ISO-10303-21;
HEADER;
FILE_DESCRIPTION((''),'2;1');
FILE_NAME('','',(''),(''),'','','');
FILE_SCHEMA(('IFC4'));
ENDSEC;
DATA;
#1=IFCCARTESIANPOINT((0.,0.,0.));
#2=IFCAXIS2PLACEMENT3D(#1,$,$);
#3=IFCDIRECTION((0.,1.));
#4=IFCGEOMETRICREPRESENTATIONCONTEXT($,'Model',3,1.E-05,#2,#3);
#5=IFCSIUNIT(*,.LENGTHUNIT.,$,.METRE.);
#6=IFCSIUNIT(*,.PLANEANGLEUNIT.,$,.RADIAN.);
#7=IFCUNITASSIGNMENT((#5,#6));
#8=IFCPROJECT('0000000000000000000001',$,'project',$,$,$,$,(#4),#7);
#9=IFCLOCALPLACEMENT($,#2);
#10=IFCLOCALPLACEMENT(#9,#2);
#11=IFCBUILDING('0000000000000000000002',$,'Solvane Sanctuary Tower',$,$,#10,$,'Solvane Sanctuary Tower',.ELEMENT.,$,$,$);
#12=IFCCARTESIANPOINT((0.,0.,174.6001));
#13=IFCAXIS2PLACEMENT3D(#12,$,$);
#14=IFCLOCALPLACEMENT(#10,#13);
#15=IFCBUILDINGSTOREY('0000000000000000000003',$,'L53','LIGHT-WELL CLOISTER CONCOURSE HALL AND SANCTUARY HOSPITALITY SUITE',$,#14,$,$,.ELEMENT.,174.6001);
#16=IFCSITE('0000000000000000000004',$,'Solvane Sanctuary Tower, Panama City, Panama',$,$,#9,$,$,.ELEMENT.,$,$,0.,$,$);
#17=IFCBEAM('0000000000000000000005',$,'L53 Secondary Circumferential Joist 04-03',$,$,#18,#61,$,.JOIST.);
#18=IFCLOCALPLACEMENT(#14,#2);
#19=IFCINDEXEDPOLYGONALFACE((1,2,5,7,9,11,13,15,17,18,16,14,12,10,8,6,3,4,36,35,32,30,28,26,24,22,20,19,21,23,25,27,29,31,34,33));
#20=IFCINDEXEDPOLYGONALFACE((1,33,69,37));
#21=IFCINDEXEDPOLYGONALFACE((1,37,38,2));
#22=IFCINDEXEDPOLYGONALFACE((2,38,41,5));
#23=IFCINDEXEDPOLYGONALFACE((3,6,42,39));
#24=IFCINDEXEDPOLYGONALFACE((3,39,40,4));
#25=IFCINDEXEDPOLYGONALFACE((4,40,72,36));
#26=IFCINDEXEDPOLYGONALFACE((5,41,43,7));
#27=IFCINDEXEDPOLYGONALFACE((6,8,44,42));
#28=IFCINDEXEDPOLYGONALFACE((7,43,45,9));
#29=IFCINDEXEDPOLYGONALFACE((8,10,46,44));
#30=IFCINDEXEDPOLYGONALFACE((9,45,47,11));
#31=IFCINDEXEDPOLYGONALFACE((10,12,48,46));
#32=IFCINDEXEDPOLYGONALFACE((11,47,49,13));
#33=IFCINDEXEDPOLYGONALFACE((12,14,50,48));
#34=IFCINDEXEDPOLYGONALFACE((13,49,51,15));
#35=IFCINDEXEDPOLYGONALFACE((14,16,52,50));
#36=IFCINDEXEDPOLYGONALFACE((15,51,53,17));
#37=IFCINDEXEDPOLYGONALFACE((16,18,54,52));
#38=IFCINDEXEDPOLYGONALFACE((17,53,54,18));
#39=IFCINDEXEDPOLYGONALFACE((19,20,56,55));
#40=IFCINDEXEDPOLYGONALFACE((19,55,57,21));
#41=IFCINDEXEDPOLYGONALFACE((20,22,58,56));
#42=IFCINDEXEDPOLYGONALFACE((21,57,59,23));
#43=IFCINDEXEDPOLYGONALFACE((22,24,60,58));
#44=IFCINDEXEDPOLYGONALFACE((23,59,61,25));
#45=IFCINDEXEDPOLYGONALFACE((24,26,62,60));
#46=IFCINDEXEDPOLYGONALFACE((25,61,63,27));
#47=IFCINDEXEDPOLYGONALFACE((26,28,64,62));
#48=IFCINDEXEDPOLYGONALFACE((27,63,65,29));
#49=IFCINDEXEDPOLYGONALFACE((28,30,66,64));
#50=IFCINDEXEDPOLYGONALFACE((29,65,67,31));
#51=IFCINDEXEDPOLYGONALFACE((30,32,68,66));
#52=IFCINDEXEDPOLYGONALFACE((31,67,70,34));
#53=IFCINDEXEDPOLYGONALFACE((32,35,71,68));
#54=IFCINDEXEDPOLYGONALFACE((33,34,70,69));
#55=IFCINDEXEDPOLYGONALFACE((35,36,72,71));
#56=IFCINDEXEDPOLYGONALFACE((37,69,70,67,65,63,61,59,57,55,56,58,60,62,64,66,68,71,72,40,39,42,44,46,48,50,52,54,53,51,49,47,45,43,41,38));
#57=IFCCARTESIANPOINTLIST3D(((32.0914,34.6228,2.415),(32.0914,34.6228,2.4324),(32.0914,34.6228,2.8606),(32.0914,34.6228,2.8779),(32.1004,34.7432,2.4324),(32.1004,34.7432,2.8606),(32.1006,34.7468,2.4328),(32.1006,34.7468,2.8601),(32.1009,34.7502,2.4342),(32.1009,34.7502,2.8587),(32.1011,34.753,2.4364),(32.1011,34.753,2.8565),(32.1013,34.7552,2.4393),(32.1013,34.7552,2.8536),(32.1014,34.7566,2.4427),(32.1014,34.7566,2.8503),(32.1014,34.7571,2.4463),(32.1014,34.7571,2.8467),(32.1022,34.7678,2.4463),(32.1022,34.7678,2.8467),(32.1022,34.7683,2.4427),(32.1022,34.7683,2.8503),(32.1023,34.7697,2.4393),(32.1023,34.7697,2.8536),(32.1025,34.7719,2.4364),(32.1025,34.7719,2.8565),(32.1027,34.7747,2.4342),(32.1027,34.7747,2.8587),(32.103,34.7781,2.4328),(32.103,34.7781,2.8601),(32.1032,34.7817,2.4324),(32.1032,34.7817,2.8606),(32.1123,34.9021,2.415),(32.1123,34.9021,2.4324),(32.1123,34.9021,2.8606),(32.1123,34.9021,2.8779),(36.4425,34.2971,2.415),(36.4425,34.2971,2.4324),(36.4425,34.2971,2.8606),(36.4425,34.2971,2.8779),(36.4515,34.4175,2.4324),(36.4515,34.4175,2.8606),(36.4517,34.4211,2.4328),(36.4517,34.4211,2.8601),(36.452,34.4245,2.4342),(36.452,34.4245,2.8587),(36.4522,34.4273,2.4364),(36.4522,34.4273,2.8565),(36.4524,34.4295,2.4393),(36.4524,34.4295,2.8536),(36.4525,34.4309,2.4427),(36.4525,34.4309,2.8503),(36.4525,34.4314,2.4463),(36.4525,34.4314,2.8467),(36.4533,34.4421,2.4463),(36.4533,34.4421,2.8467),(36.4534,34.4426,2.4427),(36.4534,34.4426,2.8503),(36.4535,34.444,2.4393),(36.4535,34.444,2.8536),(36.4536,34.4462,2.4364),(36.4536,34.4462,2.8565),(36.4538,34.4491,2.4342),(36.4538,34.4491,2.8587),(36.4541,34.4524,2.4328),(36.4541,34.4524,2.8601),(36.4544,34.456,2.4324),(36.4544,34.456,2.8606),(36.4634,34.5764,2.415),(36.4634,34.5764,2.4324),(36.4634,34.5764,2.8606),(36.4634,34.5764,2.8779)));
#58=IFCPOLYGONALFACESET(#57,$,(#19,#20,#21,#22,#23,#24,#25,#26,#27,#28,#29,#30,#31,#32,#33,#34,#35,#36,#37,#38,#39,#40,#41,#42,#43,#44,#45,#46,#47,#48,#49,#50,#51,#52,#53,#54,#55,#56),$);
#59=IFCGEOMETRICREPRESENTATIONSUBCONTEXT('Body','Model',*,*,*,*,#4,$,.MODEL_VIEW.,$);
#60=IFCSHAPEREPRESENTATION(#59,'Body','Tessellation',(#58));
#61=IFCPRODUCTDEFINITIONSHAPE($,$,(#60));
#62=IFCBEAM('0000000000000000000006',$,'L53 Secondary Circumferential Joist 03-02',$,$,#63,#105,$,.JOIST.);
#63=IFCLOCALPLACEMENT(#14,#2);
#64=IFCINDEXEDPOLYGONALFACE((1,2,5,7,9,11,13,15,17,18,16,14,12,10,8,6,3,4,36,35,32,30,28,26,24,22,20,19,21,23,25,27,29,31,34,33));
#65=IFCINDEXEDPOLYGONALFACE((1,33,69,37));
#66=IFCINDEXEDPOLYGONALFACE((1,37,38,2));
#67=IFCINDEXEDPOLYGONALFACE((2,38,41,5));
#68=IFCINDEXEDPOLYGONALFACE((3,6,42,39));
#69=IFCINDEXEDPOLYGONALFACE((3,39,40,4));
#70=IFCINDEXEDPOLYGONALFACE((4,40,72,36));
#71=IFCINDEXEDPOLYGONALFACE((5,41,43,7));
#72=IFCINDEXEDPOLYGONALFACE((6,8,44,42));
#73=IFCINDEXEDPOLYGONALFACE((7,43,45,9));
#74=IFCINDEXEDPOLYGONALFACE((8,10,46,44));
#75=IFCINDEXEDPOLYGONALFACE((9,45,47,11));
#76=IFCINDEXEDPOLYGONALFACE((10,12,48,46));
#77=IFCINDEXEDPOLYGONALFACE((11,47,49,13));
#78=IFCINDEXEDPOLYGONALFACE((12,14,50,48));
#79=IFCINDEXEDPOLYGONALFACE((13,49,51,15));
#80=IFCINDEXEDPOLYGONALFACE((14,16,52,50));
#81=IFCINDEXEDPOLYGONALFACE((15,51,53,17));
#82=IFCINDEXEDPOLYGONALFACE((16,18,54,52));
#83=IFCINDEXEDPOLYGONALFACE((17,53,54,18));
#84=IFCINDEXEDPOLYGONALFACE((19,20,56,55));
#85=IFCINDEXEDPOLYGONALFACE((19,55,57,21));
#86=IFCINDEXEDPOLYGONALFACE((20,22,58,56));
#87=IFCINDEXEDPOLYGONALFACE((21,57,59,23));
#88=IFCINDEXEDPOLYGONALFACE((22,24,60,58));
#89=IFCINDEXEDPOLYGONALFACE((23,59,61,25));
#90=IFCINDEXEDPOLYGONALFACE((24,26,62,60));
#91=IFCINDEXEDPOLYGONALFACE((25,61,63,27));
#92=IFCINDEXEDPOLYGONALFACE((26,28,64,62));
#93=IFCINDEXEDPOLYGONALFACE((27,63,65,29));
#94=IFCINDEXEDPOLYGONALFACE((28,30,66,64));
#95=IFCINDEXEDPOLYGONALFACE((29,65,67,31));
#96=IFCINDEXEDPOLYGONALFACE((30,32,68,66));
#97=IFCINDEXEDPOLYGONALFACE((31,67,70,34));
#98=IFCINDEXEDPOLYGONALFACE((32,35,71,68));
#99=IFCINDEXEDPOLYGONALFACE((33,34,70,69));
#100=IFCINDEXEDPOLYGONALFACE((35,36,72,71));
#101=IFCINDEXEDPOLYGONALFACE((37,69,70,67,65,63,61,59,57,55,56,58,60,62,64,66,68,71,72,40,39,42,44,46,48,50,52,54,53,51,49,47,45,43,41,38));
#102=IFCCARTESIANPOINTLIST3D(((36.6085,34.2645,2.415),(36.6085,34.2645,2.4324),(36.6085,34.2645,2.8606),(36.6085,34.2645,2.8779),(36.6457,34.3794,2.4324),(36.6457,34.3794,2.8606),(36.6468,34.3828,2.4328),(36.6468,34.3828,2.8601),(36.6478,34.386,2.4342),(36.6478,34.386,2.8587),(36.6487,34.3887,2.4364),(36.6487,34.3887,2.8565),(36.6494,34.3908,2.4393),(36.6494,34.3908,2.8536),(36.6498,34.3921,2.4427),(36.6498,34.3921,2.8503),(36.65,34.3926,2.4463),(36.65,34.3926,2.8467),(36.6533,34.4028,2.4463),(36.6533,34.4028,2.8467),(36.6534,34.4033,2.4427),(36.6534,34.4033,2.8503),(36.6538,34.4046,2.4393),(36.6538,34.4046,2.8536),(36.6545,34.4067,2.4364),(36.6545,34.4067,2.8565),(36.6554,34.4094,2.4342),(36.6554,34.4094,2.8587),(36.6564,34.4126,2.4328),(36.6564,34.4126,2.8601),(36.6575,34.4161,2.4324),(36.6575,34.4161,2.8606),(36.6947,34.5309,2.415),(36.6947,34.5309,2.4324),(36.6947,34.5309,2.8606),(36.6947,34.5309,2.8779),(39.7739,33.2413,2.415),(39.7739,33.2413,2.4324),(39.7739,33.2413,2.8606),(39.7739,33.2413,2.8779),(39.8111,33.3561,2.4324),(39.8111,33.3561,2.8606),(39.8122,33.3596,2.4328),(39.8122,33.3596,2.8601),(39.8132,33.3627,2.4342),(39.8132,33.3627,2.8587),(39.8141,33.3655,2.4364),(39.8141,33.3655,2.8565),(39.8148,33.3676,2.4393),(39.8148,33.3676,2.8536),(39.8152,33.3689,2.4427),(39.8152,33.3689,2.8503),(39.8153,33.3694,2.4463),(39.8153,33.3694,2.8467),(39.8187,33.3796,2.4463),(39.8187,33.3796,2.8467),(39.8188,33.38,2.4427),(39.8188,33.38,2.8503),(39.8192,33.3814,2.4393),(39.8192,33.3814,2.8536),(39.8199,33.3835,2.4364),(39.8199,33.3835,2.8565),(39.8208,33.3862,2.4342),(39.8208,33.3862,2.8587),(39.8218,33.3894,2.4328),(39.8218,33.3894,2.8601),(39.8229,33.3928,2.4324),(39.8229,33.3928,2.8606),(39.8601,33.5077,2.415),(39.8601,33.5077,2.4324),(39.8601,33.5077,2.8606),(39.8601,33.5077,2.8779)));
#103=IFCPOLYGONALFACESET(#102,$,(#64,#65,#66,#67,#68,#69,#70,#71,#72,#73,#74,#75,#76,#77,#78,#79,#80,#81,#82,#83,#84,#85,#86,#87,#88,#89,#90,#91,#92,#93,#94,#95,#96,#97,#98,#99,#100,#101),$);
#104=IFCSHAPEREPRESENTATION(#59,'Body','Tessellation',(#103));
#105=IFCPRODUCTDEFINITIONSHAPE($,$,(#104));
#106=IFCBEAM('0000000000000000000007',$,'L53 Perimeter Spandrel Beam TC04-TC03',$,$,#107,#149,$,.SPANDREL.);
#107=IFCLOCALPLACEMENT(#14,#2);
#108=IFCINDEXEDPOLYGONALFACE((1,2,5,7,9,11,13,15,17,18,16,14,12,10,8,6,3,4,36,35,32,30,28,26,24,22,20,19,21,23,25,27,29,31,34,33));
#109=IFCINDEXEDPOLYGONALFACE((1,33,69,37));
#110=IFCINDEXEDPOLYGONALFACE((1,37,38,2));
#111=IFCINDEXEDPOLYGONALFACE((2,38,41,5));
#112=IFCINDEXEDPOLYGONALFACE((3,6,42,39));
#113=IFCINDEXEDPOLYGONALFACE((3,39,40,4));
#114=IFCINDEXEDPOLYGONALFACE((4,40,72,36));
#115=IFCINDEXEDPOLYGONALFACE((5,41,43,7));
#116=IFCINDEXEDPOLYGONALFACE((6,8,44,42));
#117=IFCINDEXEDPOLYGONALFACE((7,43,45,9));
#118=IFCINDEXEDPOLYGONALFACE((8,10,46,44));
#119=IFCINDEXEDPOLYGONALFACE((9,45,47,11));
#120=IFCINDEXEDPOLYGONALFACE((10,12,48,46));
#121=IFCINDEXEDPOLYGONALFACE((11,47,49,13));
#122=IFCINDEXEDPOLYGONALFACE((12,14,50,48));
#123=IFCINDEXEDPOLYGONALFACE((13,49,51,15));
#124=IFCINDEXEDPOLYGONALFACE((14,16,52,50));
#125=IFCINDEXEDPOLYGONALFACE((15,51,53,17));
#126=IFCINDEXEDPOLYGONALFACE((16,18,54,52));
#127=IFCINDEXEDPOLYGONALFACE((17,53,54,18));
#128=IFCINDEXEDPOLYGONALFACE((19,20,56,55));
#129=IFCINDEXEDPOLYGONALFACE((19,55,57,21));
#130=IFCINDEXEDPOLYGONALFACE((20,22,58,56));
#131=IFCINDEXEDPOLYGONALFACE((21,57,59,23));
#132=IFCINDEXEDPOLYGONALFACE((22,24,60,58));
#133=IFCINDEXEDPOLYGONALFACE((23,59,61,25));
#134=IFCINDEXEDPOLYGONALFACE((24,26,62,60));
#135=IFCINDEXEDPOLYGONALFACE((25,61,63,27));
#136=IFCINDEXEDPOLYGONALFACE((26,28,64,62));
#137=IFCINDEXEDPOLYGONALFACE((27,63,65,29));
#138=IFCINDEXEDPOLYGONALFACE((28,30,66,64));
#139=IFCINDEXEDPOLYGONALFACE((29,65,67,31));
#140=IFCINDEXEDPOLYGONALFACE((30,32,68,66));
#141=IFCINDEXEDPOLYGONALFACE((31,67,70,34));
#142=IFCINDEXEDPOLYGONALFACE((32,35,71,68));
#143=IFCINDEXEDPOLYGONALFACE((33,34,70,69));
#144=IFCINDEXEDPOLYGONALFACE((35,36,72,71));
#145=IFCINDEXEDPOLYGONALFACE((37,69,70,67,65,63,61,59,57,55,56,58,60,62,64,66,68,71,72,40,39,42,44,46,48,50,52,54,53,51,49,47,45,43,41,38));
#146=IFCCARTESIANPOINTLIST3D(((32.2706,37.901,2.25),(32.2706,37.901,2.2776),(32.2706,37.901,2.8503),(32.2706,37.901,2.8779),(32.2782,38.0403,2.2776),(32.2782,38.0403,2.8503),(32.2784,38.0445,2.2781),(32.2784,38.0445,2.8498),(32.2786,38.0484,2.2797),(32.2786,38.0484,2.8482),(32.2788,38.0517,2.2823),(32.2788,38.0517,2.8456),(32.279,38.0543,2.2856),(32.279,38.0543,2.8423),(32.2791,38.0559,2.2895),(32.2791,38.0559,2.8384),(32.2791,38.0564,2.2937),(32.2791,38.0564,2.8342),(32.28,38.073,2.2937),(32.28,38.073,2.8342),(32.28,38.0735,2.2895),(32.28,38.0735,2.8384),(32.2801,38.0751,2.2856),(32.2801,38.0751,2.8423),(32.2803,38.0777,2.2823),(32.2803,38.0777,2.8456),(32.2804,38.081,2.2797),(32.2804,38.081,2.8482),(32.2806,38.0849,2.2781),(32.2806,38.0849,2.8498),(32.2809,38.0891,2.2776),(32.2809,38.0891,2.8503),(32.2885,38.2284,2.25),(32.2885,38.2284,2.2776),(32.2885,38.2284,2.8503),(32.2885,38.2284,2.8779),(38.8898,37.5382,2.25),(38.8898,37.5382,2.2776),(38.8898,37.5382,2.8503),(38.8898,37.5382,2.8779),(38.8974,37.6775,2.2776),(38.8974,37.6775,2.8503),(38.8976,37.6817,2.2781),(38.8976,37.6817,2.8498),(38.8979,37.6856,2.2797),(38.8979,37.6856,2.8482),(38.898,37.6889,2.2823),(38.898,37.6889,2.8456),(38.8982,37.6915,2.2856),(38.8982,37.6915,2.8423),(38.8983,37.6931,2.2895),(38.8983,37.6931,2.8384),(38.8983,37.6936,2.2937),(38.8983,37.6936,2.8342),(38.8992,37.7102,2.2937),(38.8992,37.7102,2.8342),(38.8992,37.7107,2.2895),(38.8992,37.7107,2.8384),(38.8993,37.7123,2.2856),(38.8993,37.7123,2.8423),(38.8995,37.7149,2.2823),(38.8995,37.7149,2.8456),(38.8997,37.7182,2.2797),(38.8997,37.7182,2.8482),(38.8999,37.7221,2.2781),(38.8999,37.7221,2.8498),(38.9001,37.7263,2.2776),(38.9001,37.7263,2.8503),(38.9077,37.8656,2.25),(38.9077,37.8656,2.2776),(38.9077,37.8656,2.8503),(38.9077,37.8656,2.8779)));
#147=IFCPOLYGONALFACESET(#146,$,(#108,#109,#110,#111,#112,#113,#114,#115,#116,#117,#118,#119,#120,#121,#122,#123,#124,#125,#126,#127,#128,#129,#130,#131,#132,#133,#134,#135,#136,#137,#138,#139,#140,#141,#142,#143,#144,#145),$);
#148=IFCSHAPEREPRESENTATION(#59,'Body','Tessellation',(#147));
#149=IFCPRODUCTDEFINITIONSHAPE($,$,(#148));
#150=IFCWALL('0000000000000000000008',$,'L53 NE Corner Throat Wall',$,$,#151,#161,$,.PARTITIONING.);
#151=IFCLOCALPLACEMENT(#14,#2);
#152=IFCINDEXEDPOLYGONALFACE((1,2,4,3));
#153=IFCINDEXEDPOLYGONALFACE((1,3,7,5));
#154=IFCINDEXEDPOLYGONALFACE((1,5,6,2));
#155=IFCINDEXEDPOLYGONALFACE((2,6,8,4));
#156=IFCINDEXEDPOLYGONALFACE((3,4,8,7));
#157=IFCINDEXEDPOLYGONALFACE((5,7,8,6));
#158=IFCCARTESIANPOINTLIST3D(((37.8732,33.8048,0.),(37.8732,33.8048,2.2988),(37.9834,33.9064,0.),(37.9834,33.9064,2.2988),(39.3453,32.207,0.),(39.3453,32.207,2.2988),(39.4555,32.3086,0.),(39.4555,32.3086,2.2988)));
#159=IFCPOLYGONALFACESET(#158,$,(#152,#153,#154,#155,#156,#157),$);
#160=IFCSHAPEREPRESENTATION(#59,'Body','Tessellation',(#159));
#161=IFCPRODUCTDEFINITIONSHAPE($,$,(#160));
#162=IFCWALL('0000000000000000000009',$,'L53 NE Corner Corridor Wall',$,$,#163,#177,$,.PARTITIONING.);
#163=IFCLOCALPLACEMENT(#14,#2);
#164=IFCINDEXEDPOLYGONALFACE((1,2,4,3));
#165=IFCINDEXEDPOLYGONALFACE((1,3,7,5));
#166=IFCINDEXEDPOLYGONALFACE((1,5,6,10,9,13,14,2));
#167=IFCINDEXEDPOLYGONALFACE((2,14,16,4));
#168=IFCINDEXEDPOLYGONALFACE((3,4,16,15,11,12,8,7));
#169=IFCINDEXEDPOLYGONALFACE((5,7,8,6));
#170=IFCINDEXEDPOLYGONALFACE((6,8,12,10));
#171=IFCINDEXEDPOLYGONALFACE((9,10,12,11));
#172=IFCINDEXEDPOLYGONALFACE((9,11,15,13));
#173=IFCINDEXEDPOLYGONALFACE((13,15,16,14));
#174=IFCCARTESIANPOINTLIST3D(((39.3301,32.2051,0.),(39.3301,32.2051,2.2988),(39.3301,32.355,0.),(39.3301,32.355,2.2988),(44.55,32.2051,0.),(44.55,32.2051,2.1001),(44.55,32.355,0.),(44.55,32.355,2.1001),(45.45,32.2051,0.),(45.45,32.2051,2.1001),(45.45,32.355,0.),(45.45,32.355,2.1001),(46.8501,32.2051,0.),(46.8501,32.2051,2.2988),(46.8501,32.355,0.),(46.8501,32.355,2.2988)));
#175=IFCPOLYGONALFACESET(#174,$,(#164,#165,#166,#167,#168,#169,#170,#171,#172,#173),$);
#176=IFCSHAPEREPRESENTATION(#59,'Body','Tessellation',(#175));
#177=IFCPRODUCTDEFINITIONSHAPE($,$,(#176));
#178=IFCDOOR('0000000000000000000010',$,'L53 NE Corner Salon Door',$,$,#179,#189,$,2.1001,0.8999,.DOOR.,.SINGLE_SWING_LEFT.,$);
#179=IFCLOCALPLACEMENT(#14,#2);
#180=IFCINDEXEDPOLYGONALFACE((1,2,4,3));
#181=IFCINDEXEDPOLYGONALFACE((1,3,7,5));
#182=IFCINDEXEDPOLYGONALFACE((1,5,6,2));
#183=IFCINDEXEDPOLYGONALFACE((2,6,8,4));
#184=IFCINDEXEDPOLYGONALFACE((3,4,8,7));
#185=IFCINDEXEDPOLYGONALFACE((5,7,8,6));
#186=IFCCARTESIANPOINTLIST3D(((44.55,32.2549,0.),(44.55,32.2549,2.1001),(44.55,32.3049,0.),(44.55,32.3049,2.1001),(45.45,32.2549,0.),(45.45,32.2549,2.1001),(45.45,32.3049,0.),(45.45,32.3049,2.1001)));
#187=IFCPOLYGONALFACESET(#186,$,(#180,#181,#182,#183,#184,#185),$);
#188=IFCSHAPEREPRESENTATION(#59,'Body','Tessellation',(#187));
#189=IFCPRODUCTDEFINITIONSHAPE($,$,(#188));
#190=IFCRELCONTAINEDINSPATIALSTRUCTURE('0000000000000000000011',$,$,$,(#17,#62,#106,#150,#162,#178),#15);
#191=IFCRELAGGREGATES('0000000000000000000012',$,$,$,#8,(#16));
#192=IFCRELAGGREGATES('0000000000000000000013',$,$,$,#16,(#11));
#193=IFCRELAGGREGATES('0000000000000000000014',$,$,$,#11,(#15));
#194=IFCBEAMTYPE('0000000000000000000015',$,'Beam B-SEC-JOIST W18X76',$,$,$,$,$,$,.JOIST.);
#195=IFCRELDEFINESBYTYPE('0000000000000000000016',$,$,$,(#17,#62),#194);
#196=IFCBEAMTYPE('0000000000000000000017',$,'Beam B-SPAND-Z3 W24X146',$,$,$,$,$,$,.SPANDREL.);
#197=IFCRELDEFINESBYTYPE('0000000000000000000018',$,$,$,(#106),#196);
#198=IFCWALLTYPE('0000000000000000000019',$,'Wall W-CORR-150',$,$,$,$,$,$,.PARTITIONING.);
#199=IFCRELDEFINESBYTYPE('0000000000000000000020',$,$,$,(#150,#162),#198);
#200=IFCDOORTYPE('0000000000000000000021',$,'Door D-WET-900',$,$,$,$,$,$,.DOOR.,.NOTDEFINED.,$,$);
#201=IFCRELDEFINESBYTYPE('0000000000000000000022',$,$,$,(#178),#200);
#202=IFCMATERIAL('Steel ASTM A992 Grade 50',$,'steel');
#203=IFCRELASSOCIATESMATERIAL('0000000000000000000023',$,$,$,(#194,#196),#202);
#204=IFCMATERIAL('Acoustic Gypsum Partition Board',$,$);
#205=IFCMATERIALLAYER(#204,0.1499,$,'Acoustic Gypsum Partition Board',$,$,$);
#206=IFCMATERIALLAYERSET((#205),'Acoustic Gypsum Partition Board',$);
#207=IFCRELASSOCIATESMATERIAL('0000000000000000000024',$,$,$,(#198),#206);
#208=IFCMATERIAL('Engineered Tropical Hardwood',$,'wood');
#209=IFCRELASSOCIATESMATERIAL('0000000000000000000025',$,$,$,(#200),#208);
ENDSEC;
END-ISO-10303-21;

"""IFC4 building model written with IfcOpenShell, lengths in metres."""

from ifc_helpers import new_model, si_unit, direction, frame, frame_2d, origin, origin_2d, place, context, subcontext, project, spatial, rectangle, i_section, extrude, material, layer, layer_set, material_profile, profile_set, type_object, element, fill, save


model = new_model("IFC4")

# Units and contexts
model_context = context("Model", 3, precision=1e-05, world=origin(), true_north=direction((0.0, 1.0)))
body_context = subcontext(model_context, "Body", "Model", "MODEL_VIEW")
ifc_project = project(units=[si_unit("LENGTHUNIT", "METRE"), si_unit("PLANEANGLEUNIT", "RADIAN")], contexts=[model_context])

# Site, building, storey
site_placement = place(None, origin())
site = spatial("IfcSite", under=ifc_project, at=site_placement, Name="Solvane Sanctuary Tower, Panama City, Panama", CompositionType="ELEMENT", RefElevation=0.0)
building_placement = place(site_placement, origin())
building = spatial("IfcBuilding", under=site, at=building_placement, Name="Solvane Sanctuary Tower", LongName="Solvane Sanctuary Tower", CompositionType="ELEMENT")
storey_placement = place(building_placement, frame((0.0, 0.0, 174.6001)))
storey = spatial("IfcBuildingStorey", under=building, at=storey_placement, Name="L53", Description="LIGHT-WELL CLOISTER CONCOURSE HALL AND SANCTUARY HOSPITALITY SUITE", CompositionType="ELEMENT", Elevation=174.6001)

# Beams
ifc_material_1 = material(Name="Steel ASTM A992 Grade 50", Category="steel")
ifc_material_profile_1 = material_profile(ifc_material_1, i_section(OverallWidth=0.28, OverallDepth=0.4629, WebThickness=0.0107, FlangeThickness=0.0173, FilletRadius=0.0139, at=origin_2d()), Name="W18X76")
ifc_profile_set_1 = profile_set([ifc_material_profile_1], Name="Steel ASTM A992 Grade 50")
beam_type_1 = type_object("IfcBeamType", Name="Beam B-SEC-JOIST W18X76", PredefinedType="JOIST", material=ifc_profile_set_1)
beam_1_placement = place(storey_placement, frame((32.1018, 34.7625, 2.6465), z_axis=(0.99721, -0.074642, 0.0), x_axis=(0.074642, 0.99721, 0.0)))
element("IfcBeam", 1, at=beam_1_placement, inside=storey, type_object=beam_type_1, Name="L53 Secondary Circumferential Joist 04-03", PredefinedType="JOIST", context=body_context, shape_type="SweptSolid", body=[
    extrude(i_section(OverallWidth=0.28, OverallDepth=0.4629, WebThickness=0.0107, FlangeThickness=0.0173, FilletRadius=0.0139, at=origin_2d()), origin(), (0.0, 0.0, 1.0), 4.3633),
])
beam_2_placement = place(storey_placement, frame((36.6516, 34.3977, 2.6465), z_axis=(0.951521, -0.307584, 0.0), x_axis=(0.307584, 0.951521, 0.0)))
element("IfcBeam", 2, at=beam_2_placement, inside=storey, type_object=beam_type_1, Name="L53 Secondary Circumferential Joist 03-02", PredefinedType="JOIST", context=body_context, shape_type="SweptSolid", body=[
    extrude(i_section(OverallWidth=0.28, OverallDepth=0.4629, WebThickness=0.0107, FlangeThickness=0.0173, FilletRadius=0.0139, at=origin_2d()), origin(), (0.0, 0.0, 1.0), 3.3267),
])
ifc_material_profile_2 = material_profile(ifc_material_1, i_section(OverallWidth=0.3279, OverallDepth=0.6279, WebThickness=0.0166, FlangeThickness=0.0276, FilletRadius=0.0161, at=origin_2d()), Name="W24X146")
ifc_profile_set_2 = profile_set([ifc_material_profile_2], Name="Steel ASTM A992 Grade 50")
beam_type_2 = type_object("IfcBeamType", Name="Beam B-SPAND-Z3 W24X146", PredefinedType="SPANDREL", material=ifc_profile_set_2)
beam_3_placement = place(storey_placement, frame((32.2795, 38.0647, 2.564), z_axis=(0.998501, -0.054728, 0.0), x_axis=(0.054728, 0.998501, 0.0)))
element("IfcBeam", 3, at=beam_3_placement, inside=storey, type_object=beam_type_2, Name="L53 Perimeter Spandrel Beam TC04-TC03", PredefinedType="SPANDREL", context=body_context, shape_type="SweptSolid", body=[
    extrude(i_section(OverallWidth=0.3279, OverallDepth=0.6279, WebThickness=0.0166, FlangeThickness=0.0276, FilletRadius=0.0161, at=origin_2d()), origin(), (0.0, 0.0, 1.0), 6.6292),
])

# Wall
ifc_material_2 = material(Name="Acoustic Gypsum Partition Board")
ifc_layer_1 = layer(ifc_material_2, 0.1499, Name="Acoustic Gypsum Partition Board")
ifc_layer_set_1 = layer_set([ifc_layer_1], Name="Acoustic Gypsum Partition Board")
wall_type_1 = type_object("IfcWallType", Name="Wall W-CORR-150", PredefinedType="PARTITIONING", material=ifc_layer_set_1)
wall_1_placement = place(storey_placement, frame((37.9282, 33.8557, 0.0), z_axis=(0.0, 0.0, 1.0), x_axis=(0.67758, -0.735449, 0.0)))
element("IfcWall", 4, at=wall_1_placement, inside=storey, type_object=wall_type_1, Name="L53 NE Corner Throat Wall", PredefinedType="PARTITIONING", context=body_context, shape_type="SweptSolid", body=[
    extrude(rectangle(XDim=2.1726, YDim=0.1499, at=frame_2d((1.0864, 0.0))), origin(), (0.0, 0.0, 1.0), 2.2988),
])

# Wall, opening, door
wall_2_placement = place(storey_placement, frame((39.3301, 32.28, 0.0), z_axis=(0.0, 0.0, 1.0), x_axis=(1.0, 0.0, 0.0)))
wall_2 = element("IfcWall", 5, at=wall_2_placement, inside=storey, type_object=wall_type_1, Name="L53 NE Corner Corridor Wall", PredefinedType="PARTITIONING", context=body_context, shape_type="SweptSolid", body=[
    extrude(rectangle(XDim=7.52, YDim=0.1499, at=frame_2d((3.76, 0.0))), origin(), (0.0, 0.0, 1.0), 2.2988),
])
opening_1_placement = place(wall_2_placement, frame((5.22, 0.0, 0.0)))
opening_1 = element("IfcOpeningElement", 6, at=opening_1_placement, cuts=wall_2, PredefinedType="OPENING", context=body_context, shape_type="SweptSolid", body=[
    extrude(rectangle(XDim=0.8999, YDim=2.1001, at=frame_2d((0.45, 1.05))), frame((0.0, 0.085, 0.0), z_axis=(0.0, -1.0, 0.0), x_axis=(1.0, 0.0, 0.0)), (0.0, 0.0, 1.0), 0.1699),
])
ifc_material_3 = material(Name="Engineered Tropical Hardwood", Category="wood")
door_type_1 = type_object("IfcDoorType", Name="Door D-WET-900", OperationType="NOTDEFINED", PredefinedType="DOOR", material=ifc_material_3)
door_1_placement = place(opening_1_placement, origin())
door_1 = element("IfcDoor", 7, at=door_1_placement, inside=storey, type_object=door_type_1, Name="L53 NE Corner Salon Door", OperationType="SINGLE_SWING_LEFT", OverallHeight=2.1001, OverallWidth=0.8999, PredefinedType="DOOR", context=body_context, shape_type="SweptSolid", body=[
    extrude(rectangle(XDim=0.8999, YDim=2.1001, at=frame_2d((0.45, 1.05))), frame((0.0, 0.0249, 0.0), z_axis=(0.0, -1.0, 0.0), x_axis=(1.0, 0.0, 0.0)), (0.0, 0.0, 1.0), 0.05),
])
fill(opening_1, door_1)

save(model, "model.ifc")
